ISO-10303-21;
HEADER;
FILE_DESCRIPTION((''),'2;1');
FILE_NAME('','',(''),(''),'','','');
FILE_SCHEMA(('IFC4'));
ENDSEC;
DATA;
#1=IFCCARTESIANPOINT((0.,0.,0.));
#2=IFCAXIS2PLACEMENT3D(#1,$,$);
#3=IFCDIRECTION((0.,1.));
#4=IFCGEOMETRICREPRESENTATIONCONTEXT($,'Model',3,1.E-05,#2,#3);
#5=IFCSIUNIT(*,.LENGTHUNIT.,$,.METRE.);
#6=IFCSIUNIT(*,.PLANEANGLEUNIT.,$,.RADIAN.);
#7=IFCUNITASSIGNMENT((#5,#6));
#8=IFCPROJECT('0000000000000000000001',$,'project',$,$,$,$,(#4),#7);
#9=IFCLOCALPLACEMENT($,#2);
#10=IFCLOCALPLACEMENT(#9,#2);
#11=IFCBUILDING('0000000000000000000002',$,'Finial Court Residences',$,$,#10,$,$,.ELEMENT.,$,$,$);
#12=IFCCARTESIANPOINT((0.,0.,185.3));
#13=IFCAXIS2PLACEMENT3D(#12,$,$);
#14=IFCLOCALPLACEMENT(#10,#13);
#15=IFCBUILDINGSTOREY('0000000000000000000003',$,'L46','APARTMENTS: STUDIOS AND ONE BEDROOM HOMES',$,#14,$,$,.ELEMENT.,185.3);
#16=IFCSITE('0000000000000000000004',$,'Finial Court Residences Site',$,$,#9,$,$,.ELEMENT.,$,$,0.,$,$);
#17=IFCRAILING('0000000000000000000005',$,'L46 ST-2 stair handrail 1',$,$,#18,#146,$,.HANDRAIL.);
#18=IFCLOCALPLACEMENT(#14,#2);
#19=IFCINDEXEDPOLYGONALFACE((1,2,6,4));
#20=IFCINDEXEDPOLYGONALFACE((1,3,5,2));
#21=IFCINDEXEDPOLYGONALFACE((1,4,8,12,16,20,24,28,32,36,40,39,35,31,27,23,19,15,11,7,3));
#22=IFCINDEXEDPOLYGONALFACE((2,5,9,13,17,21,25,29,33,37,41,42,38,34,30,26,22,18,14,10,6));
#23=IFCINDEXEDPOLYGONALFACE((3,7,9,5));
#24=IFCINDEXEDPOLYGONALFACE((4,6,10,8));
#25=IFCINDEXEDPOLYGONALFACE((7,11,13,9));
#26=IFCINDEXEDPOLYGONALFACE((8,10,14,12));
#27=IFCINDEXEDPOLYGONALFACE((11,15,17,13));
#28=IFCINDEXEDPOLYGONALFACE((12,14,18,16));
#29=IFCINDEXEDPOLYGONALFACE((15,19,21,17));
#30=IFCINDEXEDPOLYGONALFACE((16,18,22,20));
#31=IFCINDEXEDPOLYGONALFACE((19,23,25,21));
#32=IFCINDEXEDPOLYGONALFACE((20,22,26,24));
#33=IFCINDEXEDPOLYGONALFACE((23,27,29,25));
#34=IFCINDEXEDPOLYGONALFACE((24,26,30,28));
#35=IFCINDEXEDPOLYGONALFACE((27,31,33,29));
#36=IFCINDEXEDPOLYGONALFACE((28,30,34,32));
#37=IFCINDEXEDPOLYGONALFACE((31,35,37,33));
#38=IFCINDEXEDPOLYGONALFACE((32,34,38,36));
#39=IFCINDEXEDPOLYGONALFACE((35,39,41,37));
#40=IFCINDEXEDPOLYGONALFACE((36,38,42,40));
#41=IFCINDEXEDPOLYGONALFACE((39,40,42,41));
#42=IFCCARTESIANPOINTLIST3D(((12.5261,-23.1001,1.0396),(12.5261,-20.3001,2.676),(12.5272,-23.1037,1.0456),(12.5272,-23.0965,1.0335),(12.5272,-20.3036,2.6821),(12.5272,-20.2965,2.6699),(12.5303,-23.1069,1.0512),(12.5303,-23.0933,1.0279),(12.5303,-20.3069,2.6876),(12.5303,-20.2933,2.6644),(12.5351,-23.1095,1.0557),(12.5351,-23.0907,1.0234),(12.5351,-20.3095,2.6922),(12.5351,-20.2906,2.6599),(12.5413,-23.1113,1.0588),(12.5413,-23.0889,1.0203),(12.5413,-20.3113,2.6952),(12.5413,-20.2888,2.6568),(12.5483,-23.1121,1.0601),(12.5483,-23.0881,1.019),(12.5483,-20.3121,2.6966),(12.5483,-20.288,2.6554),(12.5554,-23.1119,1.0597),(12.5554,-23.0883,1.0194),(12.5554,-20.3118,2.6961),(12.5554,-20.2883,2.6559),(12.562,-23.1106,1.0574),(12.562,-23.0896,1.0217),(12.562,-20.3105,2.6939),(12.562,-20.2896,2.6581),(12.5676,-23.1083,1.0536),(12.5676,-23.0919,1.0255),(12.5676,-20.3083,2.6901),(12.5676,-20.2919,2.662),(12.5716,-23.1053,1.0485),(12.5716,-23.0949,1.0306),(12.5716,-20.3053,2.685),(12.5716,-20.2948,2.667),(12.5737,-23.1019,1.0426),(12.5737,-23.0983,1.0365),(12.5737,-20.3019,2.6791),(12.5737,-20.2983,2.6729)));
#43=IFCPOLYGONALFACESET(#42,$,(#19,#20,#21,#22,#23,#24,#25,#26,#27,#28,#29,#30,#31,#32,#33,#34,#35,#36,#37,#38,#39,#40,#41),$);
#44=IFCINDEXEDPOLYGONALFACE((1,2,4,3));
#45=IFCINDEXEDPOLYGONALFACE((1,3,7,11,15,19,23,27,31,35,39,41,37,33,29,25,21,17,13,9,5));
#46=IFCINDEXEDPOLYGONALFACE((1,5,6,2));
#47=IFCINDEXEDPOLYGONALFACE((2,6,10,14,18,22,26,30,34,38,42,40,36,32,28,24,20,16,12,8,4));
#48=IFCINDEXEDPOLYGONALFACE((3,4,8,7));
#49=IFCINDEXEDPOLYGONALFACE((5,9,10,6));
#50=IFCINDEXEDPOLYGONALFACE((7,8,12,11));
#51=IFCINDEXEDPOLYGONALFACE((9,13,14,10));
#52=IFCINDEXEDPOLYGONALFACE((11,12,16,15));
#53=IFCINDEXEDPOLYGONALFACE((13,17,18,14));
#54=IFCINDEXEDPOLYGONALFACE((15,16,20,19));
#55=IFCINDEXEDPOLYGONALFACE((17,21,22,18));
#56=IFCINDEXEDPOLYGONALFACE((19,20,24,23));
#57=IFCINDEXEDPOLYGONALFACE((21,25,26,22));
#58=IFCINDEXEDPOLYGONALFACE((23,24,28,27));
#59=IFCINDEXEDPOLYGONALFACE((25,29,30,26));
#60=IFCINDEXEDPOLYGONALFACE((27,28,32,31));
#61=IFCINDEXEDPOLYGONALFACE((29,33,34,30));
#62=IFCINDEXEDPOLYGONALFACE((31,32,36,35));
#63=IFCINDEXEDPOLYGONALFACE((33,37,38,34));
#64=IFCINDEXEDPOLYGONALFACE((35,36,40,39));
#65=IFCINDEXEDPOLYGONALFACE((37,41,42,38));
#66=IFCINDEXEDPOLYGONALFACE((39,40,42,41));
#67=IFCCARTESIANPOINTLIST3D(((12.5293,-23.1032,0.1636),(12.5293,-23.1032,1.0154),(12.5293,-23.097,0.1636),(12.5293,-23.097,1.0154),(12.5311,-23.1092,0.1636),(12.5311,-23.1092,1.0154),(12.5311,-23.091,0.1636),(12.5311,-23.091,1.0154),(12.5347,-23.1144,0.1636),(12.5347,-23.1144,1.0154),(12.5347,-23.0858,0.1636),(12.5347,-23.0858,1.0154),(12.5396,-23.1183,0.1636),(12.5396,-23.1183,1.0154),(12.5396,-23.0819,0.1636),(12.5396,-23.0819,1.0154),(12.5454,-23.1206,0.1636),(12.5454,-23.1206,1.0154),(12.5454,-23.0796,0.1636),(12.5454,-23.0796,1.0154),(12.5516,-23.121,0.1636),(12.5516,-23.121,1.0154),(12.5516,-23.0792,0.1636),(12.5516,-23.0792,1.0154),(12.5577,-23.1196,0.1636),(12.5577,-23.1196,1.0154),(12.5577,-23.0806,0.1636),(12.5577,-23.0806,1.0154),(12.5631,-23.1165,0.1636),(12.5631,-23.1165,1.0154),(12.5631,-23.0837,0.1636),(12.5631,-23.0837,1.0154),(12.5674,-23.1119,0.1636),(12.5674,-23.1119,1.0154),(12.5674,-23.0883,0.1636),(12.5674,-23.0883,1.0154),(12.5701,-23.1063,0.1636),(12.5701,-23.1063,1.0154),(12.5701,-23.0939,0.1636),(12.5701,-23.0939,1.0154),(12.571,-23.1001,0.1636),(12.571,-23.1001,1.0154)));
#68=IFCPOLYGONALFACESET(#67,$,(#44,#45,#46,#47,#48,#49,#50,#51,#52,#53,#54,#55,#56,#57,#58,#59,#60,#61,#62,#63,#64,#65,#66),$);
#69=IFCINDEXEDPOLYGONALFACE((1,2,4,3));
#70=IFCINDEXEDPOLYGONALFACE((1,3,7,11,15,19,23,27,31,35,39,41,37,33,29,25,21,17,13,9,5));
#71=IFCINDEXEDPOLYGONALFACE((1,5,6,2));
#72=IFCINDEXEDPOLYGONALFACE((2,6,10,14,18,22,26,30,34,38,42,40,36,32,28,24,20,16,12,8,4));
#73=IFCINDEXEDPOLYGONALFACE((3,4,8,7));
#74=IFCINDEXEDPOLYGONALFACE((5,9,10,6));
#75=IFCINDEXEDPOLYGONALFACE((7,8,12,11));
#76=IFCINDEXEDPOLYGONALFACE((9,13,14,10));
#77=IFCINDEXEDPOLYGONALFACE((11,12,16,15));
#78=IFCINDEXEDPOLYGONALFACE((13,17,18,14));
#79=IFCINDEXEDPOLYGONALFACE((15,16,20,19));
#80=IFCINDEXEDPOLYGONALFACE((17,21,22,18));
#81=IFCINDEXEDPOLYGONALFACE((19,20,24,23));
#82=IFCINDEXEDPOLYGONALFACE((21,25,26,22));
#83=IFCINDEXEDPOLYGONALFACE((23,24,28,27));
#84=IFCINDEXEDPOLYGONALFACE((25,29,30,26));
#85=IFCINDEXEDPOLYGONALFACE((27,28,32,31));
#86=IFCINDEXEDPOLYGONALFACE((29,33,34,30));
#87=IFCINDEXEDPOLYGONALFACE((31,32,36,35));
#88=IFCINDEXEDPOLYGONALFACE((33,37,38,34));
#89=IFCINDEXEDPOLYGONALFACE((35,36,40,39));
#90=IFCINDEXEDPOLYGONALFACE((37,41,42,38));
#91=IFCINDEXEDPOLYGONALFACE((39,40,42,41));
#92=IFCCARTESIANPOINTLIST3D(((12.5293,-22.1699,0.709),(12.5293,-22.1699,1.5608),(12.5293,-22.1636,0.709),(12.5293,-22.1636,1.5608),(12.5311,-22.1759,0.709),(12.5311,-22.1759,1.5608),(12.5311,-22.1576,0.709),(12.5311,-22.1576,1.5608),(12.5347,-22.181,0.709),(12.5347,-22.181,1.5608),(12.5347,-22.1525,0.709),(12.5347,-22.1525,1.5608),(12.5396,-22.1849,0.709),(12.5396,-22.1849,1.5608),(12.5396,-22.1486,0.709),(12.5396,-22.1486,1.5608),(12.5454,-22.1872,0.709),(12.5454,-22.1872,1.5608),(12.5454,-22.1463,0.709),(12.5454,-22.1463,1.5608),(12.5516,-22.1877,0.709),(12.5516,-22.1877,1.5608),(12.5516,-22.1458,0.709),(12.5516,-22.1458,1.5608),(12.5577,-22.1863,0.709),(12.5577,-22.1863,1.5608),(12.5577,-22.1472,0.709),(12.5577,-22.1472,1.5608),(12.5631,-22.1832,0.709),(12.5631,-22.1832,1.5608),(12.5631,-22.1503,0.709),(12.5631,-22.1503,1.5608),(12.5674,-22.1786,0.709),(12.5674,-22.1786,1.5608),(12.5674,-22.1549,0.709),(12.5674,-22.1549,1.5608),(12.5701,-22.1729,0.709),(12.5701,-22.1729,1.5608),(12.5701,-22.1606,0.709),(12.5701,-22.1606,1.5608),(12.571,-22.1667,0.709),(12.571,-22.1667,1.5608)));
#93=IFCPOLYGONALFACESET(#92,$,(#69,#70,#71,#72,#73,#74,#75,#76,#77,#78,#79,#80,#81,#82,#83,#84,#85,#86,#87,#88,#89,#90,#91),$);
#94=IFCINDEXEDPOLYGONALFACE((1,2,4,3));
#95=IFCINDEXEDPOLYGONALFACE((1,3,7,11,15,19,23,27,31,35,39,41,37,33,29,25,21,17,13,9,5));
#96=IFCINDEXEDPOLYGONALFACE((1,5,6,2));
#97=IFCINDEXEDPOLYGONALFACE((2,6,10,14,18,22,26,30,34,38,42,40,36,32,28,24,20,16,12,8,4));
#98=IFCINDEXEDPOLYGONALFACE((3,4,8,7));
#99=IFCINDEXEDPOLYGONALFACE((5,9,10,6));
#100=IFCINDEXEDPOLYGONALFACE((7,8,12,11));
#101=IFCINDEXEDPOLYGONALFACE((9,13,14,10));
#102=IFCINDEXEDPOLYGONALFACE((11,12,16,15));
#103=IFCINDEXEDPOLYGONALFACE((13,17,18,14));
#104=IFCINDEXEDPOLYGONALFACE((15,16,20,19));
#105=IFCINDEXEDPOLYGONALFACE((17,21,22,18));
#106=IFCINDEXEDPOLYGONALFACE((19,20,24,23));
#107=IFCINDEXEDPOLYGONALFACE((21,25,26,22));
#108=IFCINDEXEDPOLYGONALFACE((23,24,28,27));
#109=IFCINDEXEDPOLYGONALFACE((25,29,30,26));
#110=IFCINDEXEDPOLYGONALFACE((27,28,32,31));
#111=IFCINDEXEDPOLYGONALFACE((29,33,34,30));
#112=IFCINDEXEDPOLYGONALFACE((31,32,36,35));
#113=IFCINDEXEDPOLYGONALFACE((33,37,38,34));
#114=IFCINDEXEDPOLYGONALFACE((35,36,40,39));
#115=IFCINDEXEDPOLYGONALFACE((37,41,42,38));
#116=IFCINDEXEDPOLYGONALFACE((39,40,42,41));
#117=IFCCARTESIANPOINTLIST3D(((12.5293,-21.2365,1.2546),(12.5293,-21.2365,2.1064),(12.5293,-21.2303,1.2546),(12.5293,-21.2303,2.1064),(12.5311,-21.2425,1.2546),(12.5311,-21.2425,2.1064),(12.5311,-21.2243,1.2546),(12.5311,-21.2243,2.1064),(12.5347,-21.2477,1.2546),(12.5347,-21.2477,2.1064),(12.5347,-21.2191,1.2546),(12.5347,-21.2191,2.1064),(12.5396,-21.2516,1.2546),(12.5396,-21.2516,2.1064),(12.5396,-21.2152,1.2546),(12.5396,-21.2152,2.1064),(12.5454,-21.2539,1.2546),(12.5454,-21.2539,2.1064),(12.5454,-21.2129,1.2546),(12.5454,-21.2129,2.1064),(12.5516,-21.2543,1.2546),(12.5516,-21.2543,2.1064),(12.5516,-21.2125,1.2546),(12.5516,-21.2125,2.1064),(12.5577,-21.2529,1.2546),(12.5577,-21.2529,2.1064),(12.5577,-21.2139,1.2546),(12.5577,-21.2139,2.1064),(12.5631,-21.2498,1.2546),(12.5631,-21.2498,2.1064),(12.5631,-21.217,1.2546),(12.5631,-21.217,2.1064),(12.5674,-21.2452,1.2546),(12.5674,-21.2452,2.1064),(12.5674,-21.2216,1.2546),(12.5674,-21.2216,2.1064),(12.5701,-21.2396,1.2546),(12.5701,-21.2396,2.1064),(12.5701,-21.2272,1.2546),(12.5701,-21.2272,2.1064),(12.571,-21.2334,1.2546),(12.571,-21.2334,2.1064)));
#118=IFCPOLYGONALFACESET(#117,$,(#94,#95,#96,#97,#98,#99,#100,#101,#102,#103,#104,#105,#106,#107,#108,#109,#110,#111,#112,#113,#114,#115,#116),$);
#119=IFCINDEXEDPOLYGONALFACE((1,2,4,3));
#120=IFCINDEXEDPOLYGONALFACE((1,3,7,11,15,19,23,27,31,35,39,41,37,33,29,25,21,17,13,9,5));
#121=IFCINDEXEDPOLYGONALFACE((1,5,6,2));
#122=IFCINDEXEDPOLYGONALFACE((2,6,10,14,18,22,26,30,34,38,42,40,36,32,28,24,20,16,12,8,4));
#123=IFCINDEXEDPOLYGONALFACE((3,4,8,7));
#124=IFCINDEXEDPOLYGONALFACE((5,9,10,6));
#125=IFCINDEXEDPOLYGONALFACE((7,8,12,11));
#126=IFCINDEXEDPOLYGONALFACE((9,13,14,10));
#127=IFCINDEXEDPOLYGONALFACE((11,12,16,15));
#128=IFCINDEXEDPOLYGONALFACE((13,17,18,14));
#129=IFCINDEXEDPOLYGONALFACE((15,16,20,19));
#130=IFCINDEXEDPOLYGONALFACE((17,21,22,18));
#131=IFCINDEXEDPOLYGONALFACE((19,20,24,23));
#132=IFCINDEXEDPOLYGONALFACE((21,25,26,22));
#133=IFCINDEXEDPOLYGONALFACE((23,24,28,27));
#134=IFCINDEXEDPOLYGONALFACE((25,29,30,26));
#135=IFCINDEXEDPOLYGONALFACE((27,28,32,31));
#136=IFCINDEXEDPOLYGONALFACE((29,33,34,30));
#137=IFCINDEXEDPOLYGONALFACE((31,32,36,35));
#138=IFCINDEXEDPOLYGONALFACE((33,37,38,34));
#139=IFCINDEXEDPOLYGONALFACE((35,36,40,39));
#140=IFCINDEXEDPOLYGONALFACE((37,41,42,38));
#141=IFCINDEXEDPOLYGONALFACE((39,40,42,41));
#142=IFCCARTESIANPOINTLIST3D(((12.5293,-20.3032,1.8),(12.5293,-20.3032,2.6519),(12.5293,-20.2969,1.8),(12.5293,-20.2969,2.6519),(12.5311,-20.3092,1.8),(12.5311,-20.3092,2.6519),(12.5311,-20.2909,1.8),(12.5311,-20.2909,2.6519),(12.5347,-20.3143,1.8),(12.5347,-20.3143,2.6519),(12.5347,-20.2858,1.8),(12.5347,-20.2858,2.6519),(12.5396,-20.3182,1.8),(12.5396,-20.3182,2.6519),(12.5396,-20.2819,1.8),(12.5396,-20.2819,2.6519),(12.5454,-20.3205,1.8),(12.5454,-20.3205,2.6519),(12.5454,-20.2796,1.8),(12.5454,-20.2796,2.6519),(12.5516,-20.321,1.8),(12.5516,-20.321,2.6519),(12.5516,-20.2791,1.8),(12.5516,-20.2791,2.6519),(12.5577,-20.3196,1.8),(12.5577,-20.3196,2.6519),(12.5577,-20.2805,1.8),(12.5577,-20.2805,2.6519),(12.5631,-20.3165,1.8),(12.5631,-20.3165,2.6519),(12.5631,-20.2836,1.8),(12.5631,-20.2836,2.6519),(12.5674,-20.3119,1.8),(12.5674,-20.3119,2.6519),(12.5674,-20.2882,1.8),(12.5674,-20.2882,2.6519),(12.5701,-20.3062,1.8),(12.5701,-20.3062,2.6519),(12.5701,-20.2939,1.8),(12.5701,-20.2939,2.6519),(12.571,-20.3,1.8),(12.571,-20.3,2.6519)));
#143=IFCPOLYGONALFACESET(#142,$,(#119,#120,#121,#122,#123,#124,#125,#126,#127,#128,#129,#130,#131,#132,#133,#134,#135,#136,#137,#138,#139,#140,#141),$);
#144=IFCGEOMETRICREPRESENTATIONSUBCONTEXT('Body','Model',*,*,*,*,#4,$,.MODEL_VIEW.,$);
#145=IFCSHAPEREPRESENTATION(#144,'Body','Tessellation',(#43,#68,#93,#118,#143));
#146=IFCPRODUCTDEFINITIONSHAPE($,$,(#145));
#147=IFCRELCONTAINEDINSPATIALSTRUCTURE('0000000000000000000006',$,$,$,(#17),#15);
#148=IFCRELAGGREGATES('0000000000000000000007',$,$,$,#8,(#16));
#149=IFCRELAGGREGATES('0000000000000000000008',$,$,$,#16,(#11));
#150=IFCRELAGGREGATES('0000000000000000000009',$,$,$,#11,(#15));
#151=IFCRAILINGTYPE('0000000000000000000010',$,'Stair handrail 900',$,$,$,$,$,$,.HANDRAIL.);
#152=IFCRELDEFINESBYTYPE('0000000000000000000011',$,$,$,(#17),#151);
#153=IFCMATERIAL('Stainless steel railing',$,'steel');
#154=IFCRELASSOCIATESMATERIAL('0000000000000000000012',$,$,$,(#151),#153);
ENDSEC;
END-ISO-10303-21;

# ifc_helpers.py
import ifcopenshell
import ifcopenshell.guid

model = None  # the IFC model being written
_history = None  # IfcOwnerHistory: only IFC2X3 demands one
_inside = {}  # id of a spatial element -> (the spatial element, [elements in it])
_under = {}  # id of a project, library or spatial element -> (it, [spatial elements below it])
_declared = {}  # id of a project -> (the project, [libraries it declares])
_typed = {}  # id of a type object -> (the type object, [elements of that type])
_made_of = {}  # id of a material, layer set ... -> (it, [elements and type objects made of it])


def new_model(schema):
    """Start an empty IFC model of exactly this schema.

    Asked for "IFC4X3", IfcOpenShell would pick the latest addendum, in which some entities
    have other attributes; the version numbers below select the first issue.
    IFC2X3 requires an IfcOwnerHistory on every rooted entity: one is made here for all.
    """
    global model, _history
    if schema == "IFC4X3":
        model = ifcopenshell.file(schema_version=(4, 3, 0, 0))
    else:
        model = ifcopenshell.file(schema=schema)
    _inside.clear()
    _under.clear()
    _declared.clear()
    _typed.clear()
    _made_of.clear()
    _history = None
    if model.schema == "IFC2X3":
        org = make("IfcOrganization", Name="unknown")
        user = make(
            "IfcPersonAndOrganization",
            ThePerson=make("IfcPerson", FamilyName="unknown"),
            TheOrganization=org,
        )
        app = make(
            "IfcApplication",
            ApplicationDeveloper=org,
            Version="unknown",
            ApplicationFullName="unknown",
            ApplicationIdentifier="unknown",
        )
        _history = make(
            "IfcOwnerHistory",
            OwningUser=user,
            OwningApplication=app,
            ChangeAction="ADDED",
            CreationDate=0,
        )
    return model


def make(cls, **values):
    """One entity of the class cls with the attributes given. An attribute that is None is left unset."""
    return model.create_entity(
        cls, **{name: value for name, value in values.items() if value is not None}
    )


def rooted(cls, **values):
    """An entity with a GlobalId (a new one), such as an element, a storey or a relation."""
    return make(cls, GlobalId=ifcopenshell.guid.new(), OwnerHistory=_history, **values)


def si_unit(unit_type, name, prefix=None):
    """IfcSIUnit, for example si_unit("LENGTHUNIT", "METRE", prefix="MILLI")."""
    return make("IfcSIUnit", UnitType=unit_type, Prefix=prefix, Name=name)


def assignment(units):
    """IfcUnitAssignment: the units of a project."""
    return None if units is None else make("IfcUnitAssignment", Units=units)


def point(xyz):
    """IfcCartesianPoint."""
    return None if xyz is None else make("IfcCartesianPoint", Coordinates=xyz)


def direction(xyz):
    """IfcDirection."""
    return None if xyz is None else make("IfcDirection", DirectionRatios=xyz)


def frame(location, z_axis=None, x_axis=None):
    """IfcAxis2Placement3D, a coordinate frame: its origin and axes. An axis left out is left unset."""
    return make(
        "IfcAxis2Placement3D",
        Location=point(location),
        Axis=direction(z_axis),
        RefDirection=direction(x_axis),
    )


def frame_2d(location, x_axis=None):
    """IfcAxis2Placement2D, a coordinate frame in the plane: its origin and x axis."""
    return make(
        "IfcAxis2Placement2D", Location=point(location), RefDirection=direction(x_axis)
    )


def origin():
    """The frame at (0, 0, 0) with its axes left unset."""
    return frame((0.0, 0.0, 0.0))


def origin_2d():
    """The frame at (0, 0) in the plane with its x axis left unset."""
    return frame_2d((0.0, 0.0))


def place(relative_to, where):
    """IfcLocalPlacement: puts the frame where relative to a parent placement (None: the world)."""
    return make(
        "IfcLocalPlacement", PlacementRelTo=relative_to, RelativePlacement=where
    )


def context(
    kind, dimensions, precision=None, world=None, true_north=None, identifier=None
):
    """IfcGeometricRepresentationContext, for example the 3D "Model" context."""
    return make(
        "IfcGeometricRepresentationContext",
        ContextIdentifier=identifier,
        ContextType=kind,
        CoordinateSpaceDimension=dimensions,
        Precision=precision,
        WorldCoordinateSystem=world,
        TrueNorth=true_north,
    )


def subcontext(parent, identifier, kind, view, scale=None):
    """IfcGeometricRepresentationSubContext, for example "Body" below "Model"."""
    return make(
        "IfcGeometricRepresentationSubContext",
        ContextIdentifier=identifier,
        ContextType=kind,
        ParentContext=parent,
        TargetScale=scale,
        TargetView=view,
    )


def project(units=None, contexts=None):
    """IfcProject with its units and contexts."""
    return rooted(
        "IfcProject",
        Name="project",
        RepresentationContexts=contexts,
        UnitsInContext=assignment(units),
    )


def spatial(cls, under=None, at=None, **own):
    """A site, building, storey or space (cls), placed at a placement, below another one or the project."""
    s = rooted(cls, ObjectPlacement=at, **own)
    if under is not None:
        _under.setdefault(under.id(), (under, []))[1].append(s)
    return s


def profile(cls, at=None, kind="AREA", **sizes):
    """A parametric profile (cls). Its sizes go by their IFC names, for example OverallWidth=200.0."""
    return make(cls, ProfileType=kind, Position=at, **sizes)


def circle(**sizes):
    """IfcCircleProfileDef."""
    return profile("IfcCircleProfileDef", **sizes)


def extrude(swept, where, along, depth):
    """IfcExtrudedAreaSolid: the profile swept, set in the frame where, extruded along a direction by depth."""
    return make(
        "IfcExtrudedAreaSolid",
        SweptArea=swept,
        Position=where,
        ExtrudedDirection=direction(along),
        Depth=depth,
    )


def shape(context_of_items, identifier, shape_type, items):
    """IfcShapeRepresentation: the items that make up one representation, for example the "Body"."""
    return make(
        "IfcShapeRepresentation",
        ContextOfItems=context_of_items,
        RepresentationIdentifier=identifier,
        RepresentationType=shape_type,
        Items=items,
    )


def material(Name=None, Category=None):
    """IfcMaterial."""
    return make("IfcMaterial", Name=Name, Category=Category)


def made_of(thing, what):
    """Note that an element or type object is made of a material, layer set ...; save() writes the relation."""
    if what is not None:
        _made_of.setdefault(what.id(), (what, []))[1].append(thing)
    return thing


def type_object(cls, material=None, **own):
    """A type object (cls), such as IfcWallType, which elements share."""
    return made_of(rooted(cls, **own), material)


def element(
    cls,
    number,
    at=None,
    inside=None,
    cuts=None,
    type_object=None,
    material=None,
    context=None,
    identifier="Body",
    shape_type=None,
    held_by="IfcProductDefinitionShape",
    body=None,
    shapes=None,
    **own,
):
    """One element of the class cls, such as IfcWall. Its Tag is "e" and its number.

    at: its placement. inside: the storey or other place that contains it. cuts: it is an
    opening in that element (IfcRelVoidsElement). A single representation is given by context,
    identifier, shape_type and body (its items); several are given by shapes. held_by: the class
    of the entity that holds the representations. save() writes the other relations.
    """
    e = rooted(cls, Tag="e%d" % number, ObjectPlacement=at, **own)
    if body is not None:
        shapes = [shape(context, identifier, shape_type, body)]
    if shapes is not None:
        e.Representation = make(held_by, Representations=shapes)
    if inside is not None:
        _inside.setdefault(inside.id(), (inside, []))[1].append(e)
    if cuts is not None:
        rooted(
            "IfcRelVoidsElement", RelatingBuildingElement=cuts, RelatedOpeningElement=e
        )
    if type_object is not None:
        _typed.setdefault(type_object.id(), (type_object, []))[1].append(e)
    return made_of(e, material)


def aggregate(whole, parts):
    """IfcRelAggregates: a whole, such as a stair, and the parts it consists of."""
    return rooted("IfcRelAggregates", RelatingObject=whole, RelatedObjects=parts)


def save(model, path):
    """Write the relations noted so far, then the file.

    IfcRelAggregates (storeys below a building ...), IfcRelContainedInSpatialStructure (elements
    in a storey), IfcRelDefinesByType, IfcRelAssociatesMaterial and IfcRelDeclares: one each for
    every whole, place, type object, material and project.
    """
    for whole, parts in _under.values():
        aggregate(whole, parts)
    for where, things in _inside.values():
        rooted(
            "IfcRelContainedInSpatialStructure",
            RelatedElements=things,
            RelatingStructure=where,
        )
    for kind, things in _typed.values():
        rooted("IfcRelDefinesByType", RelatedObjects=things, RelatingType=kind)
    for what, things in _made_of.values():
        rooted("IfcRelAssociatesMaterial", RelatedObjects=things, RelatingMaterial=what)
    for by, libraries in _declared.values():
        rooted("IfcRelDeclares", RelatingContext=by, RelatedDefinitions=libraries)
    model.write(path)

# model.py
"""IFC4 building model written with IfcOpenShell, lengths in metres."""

from ifc_helpers import new_model, si_unit, direction, frame, origin, origin_2d, place, context, subcontext, project, spatial, circle, extrude, material, type_object, element, save


model = new_model("IFC4")

# Units and contexts
model_context = context("Model", 3, precision=1e-05, world=origin(), true_north=direction((0.0, 1.0)))
body_context = subcontext(model_context, "Body", "Model", "MODEL_VIEW")
ifc_project = project(units=[si_unit("LENGTHUNIT", "METRE"), si_unit("PLANEANGLEUNIT", "RADIAN")], contexts=[model_context])

# Site, building, storey
site_placement = place(None, origin())
site = spatial("IfcSite", under=ifc_project, at=site_placement, Name="Finial Court Residences Site", CompositionType="ELEMENT", RefElevation=0.0)
building_placement = place(site_placement, origin())
building = spatial("IfcBuilding", under=site, at=building_placement, Name="Finial Court Residences", CompositionType="ELEMENT")
storey_placement = place(building_placement, frame((0.0, 0.0, 185.3)))
storey = spatial("IfcBuildingStorey", under=building, at=storey_placement, Name="L46", Description="APARTMENTS: STUDIOS AND ONE BEDROOM HOMES", CompositionType="ELEMENT", Elevation=185.3)

# Railing
ifc_material_1 = material(Name="Stainless steel railing", Category="steel")
railing_type_1 = type_object("IfcRailingType", Name="Stair handrail 900", PredefinedType="HANDRAIL", material=ifc_material_1)
railing_1_placement = place(storey_placement, frame((12.55, -23.1001, 0.1636)))
element("IfcRailing", 1, at=railing_1_placement, inside=storey, type_object=railing_type_1, Name="L46 ST-2 stair handrail 1", PredefinedType="HANDRAIL", context=body_context, shape_type="SweptSolid", body=[
    extrude(circle(Radius=0.0239, at=origin_2d()), frame((0.0, 0.0, 0.876), z_axis=(0.0, 0.863361, 0.504587), x_axis=(-1.0, 0.0, 0.0)), (0.0, 0.0, 1.0), 3.2432),
    extrude(circle(Radius=0.021, at=origin_2d()), origin(), (0.0, 0.0, 1.0), 0.8518),
    extrude(circle(Radius=0.021, at=origin_2d()), frame((0.0, 0.9333, 0.5454)), (0.0, 0.0, 1.0), 0.8518),
    extrude(circle(Radius=0.021, at=origin_2d()), frame((0.0, 1.8667, 1.0911)), (0.0, 0.0, 1.0), 0.8518),
    extrude(circle(Radius=0.021, at=origin_2d()), frame((0.0, 2.8, 1.6365)), (0.0, 0.0, 1.0), 0.8518),
])

save(model, "model.ifc")
